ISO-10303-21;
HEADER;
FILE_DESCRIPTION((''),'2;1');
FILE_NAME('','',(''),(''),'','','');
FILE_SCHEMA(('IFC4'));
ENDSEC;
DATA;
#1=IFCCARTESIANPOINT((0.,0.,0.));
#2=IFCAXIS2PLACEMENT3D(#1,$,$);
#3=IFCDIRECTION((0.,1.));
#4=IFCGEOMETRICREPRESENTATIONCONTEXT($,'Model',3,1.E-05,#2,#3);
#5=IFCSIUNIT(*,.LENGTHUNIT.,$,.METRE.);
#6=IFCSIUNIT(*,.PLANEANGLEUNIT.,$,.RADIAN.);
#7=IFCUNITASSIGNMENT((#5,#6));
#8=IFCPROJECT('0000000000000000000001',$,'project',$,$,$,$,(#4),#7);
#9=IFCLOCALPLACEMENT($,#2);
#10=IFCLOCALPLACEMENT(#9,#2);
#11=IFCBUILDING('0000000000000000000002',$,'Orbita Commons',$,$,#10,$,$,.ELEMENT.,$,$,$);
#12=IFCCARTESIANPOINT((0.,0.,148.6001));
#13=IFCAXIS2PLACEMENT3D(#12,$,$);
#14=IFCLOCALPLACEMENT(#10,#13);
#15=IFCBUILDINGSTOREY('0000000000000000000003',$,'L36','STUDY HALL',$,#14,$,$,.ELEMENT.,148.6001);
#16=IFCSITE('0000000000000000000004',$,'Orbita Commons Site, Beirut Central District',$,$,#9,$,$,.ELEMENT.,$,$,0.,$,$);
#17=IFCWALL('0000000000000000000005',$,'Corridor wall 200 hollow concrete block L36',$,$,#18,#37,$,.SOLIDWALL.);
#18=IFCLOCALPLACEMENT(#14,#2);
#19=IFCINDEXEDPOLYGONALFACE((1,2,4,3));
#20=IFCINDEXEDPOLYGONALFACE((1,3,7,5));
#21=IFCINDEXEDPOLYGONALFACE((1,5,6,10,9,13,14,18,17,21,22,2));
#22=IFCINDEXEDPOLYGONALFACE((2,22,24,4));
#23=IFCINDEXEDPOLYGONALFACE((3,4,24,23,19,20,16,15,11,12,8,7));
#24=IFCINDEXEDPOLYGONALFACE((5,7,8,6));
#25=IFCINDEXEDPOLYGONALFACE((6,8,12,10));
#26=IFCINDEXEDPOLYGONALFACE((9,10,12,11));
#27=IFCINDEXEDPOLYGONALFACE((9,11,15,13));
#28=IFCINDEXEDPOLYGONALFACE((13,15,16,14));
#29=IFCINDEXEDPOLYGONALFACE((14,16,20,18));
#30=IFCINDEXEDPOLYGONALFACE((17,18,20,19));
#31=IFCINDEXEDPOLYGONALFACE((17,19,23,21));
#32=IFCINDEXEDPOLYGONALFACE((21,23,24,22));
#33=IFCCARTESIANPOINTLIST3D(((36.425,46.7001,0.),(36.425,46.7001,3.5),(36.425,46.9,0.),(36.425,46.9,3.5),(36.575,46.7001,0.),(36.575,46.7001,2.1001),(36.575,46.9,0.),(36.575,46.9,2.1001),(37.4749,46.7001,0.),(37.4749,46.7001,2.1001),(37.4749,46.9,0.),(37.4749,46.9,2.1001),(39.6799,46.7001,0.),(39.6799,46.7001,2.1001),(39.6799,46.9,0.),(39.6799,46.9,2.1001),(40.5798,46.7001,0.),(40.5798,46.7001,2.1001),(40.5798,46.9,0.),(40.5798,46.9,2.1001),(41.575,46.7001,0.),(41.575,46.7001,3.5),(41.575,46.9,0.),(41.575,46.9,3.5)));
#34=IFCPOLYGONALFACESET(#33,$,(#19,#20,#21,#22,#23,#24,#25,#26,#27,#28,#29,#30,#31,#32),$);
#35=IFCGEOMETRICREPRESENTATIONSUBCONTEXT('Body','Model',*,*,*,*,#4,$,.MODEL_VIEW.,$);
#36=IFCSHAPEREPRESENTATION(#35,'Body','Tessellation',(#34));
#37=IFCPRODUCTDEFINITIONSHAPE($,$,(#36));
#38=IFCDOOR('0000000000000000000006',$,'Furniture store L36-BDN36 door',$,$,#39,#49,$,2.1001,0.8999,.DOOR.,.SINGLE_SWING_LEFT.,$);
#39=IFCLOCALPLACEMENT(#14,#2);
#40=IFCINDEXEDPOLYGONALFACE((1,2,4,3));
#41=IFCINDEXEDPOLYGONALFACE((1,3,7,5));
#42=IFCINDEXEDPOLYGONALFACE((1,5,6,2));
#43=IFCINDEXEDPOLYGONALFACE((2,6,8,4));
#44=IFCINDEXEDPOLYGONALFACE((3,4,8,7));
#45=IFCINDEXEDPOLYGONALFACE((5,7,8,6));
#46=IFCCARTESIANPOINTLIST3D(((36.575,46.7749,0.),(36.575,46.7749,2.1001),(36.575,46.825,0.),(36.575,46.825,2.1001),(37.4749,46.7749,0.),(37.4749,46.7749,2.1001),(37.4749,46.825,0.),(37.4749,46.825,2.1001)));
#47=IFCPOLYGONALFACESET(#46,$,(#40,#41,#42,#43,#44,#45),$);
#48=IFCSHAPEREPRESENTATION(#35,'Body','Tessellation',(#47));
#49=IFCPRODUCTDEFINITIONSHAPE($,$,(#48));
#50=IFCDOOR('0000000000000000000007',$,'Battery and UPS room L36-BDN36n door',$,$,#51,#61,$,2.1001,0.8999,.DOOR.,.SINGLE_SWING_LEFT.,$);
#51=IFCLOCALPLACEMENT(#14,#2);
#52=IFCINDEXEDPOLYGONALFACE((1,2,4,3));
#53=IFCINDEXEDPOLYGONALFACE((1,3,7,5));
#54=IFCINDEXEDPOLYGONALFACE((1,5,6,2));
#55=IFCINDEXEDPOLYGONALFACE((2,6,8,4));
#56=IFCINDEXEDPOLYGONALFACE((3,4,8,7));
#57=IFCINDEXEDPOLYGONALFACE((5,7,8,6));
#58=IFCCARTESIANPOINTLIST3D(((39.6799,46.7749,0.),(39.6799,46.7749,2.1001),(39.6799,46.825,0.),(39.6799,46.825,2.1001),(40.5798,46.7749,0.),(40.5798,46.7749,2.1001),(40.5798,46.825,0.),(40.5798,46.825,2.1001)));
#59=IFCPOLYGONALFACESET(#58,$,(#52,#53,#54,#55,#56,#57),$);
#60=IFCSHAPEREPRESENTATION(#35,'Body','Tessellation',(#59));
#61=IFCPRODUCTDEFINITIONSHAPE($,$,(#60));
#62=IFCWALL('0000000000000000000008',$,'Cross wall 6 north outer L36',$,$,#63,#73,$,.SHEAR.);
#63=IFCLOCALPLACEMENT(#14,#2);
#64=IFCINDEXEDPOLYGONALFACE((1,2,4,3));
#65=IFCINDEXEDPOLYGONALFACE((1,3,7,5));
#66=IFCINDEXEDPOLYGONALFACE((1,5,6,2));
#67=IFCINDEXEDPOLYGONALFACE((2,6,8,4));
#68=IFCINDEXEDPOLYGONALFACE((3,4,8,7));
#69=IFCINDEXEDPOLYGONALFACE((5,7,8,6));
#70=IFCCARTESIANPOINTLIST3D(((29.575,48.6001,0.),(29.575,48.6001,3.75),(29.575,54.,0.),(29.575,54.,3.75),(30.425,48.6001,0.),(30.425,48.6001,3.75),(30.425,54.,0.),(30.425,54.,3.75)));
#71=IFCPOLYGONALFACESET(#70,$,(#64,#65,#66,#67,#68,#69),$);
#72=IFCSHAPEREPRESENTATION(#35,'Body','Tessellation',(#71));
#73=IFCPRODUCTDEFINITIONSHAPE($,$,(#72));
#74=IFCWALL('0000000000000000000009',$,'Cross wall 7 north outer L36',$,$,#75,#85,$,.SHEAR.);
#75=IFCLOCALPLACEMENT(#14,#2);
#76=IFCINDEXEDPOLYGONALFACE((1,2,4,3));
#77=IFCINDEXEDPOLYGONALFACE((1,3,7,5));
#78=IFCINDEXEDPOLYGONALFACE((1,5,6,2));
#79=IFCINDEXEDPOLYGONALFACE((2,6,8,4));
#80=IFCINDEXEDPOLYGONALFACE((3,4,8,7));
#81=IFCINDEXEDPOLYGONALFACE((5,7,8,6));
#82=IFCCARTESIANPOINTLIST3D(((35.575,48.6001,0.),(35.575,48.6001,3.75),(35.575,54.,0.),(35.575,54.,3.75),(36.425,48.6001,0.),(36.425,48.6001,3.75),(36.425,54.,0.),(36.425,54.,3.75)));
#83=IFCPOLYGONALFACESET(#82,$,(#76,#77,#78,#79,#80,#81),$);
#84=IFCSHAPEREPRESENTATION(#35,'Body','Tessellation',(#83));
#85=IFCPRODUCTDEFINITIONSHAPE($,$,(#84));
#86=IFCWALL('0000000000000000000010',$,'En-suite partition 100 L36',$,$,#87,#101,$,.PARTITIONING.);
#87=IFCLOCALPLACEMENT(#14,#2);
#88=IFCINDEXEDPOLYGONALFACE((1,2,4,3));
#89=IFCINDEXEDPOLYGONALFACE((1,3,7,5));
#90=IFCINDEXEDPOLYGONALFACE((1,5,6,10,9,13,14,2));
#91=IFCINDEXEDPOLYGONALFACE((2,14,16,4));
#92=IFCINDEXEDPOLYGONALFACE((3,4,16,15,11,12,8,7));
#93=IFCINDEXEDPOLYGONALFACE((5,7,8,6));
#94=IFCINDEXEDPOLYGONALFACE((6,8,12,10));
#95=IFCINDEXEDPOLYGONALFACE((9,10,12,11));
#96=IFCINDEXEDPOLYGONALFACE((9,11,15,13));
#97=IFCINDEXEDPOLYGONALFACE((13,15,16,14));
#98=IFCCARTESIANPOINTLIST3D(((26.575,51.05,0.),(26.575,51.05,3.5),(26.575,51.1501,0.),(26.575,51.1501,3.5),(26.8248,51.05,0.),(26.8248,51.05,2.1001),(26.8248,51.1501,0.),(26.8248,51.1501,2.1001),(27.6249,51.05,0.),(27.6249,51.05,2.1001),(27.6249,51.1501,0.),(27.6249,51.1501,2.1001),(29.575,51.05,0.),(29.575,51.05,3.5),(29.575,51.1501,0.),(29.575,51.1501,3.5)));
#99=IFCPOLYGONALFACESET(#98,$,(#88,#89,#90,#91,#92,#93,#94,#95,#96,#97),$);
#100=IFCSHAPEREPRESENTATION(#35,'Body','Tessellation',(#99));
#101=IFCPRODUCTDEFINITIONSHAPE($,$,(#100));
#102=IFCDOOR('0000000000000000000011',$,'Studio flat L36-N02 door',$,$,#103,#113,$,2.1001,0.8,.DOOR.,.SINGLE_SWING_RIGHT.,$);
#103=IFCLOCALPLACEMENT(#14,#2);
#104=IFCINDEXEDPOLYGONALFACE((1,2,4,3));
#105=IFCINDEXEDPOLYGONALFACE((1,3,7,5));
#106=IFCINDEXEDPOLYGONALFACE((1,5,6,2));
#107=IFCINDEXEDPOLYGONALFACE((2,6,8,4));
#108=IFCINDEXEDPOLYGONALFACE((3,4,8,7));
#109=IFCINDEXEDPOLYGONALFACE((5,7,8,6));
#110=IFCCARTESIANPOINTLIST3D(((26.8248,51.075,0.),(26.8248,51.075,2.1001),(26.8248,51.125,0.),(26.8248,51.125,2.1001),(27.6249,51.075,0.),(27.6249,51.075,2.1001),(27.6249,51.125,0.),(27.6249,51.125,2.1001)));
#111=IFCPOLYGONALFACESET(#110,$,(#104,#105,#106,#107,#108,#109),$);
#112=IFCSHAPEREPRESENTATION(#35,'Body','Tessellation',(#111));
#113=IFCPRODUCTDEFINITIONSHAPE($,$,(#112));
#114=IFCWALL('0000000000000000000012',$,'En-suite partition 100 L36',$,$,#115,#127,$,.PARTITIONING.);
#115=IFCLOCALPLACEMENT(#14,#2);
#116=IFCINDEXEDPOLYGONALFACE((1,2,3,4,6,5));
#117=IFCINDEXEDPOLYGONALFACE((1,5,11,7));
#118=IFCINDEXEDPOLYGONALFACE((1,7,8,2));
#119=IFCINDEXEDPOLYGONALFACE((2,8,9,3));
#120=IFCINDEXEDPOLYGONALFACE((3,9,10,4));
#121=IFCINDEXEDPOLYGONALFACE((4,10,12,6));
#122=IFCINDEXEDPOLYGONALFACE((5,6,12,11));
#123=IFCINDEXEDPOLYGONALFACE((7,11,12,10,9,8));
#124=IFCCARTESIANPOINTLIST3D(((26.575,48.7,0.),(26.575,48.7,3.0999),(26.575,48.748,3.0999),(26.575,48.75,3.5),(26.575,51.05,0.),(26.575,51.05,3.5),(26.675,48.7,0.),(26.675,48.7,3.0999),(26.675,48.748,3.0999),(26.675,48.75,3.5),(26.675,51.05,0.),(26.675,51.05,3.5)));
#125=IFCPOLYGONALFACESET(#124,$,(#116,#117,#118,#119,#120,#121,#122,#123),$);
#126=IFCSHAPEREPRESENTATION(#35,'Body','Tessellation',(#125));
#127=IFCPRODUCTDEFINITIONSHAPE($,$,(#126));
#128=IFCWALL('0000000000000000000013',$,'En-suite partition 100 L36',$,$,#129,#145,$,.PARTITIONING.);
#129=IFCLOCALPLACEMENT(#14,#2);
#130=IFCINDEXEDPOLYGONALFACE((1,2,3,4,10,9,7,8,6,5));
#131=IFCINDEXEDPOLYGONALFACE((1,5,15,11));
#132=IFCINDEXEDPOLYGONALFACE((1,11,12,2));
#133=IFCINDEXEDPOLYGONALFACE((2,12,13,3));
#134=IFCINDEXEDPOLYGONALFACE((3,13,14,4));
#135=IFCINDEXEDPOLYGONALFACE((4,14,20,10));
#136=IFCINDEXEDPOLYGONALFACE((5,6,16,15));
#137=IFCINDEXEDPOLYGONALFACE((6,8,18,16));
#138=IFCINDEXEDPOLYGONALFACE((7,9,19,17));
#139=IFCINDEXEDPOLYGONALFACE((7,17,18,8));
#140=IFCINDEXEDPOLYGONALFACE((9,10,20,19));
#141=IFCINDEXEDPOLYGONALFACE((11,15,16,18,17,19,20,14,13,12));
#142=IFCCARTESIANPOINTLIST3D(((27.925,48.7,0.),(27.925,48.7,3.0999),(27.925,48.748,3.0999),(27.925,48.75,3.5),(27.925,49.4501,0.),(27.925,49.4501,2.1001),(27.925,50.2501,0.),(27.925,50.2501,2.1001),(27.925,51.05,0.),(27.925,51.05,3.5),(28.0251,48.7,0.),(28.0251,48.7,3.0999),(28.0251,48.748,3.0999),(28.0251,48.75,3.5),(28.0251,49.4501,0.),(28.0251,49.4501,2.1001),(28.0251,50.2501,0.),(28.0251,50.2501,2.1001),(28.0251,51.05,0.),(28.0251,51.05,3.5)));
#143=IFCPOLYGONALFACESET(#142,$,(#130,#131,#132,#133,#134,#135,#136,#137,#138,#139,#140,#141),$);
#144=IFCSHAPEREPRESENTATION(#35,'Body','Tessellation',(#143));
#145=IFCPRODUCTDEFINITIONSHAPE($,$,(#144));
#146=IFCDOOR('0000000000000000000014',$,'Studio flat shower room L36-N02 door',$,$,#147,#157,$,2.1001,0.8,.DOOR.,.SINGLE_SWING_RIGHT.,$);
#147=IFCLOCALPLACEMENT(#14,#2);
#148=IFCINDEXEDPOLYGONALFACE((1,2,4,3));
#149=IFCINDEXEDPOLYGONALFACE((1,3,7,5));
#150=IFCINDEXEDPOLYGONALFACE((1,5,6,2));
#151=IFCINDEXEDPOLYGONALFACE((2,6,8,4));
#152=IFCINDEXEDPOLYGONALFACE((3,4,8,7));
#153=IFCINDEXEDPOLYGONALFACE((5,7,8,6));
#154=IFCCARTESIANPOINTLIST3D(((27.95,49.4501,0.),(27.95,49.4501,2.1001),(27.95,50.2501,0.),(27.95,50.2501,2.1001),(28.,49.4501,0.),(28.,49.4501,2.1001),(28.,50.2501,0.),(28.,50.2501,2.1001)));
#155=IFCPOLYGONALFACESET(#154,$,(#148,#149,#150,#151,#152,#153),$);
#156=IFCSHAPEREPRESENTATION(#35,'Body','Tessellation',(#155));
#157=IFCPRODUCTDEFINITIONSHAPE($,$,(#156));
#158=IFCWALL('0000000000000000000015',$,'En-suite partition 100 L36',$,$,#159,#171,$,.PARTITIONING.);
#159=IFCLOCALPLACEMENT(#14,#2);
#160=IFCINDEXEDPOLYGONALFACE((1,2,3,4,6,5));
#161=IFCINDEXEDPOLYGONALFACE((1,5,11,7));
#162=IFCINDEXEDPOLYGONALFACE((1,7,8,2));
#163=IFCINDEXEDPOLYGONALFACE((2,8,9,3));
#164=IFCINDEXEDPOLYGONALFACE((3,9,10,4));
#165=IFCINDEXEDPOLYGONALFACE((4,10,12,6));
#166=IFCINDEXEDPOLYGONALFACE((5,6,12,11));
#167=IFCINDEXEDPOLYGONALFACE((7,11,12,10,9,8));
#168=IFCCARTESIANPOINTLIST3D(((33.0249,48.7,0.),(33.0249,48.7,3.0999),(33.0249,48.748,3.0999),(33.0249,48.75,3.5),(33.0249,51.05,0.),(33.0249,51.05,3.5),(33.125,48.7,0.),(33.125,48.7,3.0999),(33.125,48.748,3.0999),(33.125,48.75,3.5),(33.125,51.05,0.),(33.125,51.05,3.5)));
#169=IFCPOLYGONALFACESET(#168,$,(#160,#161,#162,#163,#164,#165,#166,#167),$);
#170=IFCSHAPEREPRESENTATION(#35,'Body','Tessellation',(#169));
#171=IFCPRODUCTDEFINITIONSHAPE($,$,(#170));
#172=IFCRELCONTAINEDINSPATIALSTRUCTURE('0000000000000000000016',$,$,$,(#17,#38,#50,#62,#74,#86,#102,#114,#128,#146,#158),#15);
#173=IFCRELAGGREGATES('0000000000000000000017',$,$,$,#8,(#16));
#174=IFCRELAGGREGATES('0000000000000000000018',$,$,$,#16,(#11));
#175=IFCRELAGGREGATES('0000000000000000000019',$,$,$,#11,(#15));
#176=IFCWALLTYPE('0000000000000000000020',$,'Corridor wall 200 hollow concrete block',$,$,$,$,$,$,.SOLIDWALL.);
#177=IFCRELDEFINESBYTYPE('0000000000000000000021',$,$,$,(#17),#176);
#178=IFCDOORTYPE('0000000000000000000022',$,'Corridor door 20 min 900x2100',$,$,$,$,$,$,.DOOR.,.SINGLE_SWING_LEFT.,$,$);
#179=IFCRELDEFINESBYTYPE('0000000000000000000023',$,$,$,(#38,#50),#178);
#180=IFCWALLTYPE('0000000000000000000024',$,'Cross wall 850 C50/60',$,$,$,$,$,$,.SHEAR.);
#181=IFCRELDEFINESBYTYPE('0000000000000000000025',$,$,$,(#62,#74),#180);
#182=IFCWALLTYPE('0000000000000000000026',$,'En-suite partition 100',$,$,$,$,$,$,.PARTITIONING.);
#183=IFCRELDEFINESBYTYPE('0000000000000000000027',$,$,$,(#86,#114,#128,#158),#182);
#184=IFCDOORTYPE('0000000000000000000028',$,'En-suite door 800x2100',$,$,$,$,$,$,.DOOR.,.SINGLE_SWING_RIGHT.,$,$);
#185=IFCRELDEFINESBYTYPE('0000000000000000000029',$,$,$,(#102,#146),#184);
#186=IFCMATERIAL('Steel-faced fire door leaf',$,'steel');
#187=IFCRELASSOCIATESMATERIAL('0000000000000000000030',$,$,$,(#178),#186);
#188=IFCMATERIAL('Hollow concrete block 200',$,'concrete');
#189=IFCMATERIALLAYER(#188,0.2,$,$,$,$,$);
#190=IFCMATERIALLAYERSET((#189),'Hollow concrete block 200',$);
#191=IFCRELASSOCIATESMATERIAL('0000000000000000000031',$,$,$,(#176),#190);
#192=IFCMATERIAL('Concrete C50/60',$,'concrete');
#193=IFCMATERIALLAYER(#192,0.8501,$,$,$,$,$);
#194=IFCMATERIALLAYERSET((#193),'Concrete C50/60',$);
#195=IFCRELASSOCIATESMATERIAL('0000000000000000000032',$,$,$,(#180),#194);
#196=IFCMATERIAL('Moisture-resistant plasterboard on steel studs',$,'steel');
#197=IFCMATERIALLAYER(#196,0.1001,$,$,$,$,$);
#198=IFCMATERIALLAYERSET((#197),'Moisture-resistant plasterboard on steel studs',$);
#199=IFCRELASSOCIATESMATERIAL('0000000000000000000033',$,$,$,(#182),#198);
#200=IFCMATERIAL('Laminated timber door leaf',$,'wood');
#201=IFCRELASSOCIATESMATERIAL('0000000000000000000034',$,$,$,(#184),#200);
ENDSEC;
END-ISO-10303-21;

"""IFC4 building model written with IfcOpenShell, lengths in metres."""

from ifc_helpers import new_model, si_unit, direction, frame, frame_2d, origin, place, context, subcontext, project, spatial, polyline, rectangle, outline, extrude, material, layer, layer_set, type_object, element, fill, save


model = new_model("IFC4")

# Units and contexts
model_context = context("Model", 3, precision=1e-05, world=origin(), true_north=direction((0.0, 1.0)))
body_context = subcontext(model_context, "Body", "Model", "MODEL_VIEW")
ifc_project = project(units=[si_unit("LENGTHUNIT", "METRE"), si_unit("PLANEANGLEUNIT", "RADIAN")], contexts=[model_context])

# Site, building, storey
site_placement = place(None, origin())
site = spatial("IfcSite", under=ifc_project, at=site_placement, Name="Orbita Commons Site, Beirut Central District", CompositionType="ELEMENT", RefElevation=0.0)
building_placement = place(site_placement, origin())
building = spatial("IfcBuilding", under=site, at=building_placement, Name="Orbita Commons", CompositionType="ELEMENT")
storey_placement = place(building_placement, frame((0.0, 0.0, 148.6001)))
storey = spatial("IfcBuildingStorey", under=building, at=storey_placement, Name="L36", Description="STUDY HALL", CompositionType="ELEMENT", Elevation=148.6001)

# Shared definitions
ifc_material_1 = material(Name="Steel-faced fire door leaf", Category="steel")
door_type_1 = type_object("IfcDoorType", Name="Corridor door 20 min 900x2100", OperationType="SINGLE_SWING_LEFT", PredefinedType="DOOR", material=ifc_material_1)

# Wall, openings, doors
ifc_material_2 = material(Name="Hollow concrete block 200", Category="concrete")
ifc_layer_1 = layer(ifc_material_2, 0.2)
ifc_layer_set_1 = layer_set([ifc_layer_1], Name="Hollow concrete block 200")
wall_type_1 = type_object("IfcWallType", Name="Corridor wall 200 hollow concrete block", PredefinedType="SOLIDWALL", material=ifc_layer_set_1)
wall_1_placement = place(storey_placement, frame((36.425, 46.8, 0.0), z_axis=(0.0, 0.0, 1.0), x_axis=(1.0, 0.0, 0.0)))
wall_1 = element("IfcWall", 1, at=wall_1_placement, inside=storey, type_object=wall_type_1, Name="Corridor wall 200 hollow concrete block L36", PredefinedType="SOLIDWALL", context=body_context, shape_type="SweptSolid", body=[
    extrude(rectangle(XDim=5.1499, YDim=0.2, at=frame_2d((2.575, 0.0))), origin(), (0.0, 0.0, 1.0), 3.5),
])
opening_1_placement = place(wall_1_placement, frame((0.1499, 0.0, 0.0)))
opening_1 = element("IfcOpeningElement", 2, at=opening_1_placement, cuts=wall_1, PredefinedType="OPENING", context=body_context, shape_type="SweptSolid", body=[
    extrude(rectangle(XDim=0.8999, YDim=2.1001, at=frame_2d((0.45, 1.05))), frame((0.0, 0.1099, 0.0), z_axis=(0.0, -1.0, 0.0), x_axis=(1.0, 0.0, 0.0)), (0.0, 0.0, 1.0), 0.22),
])
opening_2_placement = place(wall_1_placement, frame((3.2549, 0.0, 0.0)))
opening_2 = element("IfcOpeningElement", 3, at=opening_2_placement, cuts=wall_1, PredefinedType="OPENING", context=body_context, shape_type="SweptSolid", body=[
    extrude(rectangle(XDim=0.8999, YDim=2.1001, at=frame_2d((0.45, 1.05))), frame((0.0, 0.1099, 0.0), z_axis=(0.0, -1.0, 0.0), x_axis=(1.0, 0.0, 0.0)), (0.0, 0.0, 1.0), 0.22),
])
door_1_placement = place(opening_1_placement, origin())
door_1 = element("IfcDoor", 4, at=door_1_placement, inside=storey, type_object=door_type_1, Name="Furniture store L36-BDN36 door", OperationType="SINGLE_SWING_LEFT", OverallHeight=2.1001, OverallWidth=0.8999, PredefinedType="DOOR", context=body_context, shape_type="SweptSolid", body=[
    extrude(rectangle(XDim=0.8999, YDim=2.1001, at=frame_2d((0.45, 1.05))), frame((0.0, 0.0249, 0.0), z_axis=(0.0, -1.0, 0.0), x_axis=(1.0, 0.0, 0.0)), (0.0, 0.0, 1.0), 0.05),
])
fill(opening_1, door_1)
door_2_placement = place(opening_2_placement, origin())
door_2 = element("IfcDoor", 5, at=door_2_placement, inside=storey, type_object=door_type_1, Name="Battery and UPS room L36-BDN36n door", OperationType="SINGLE_SWING_LEFT", OverallHeight=2.1001, OverallWidth=0.8999, PredefinedType="DOOR", context=body_context, shape_type="SweptSolid", body=[
    extrude(rectangle(XDim=0.8999, YDim=2.1001, at=frame_2d((0.45, 1.05))), frame((0.0, 0.0249, 0.0), z_axis=(0.0, -1.0, 0.0), x_axis=(1.0, 0.0, 0.0)), (0.0, 0.0, 1.0), 0.05),
])
fill(opening_2, door_2)

# Walls
ifc_material_3 = material(Name="Concrete C50/60", Category="concrete")
ifc_layer_2 = layer(ifc_material_3, 0.8501)
ifc_layer_set_2 = layer_set([ifc_layer_2], Name="Concrete C50/60")
wall_type_2 = type_object("IfcWallType", Name="Cross wall 850 C50/60", PredefinedType="SHEAR", material=ifc_layer_set_2)
for number, where, z_axis, x_axis, name in (
    (6, (30.0, 48.6001, 0.0), (0.0, 0.0, 1.0), (0.0, 1.0, 0.0), "Cross wall 6 north outer L36"),
    (7, (36.0, 48.6001, 0.0), (0.0, 0.0, 1.0), (0.0, 1.0, 0.0), "Cross wall 7 north outer L36"),
):
    element("IfcWall", number, at=place(storey_placement, frame(where, z_axis=z_axis, x_axis=x_axis)), inside=storey, type_object=wall_type_2, Name=name, PredefinedType="SHEAR", context=body_context, shape_type="SweptSolid", body=[
        extrude(rectangle(XDim=5.3999, YDim=0.8501, at=frame_2d((2.7, 0.0))), origin(), (0.0, 0.0, 1.0), 3.75),
    ])

# Wall, opening, door
ifc_material_4 = material(Name="Moisture-resistant plasterboard on steel studs", Category="steel")
ifc_layer_3 = layer(ifc_material_4, 0.1001)
ifc_layer_set_3 = layer_set([ifc_layer_3], Name="Moisture-resistant plasterboard on steel studs")
wall_type_3 = type_object("IfcWallType", Name="En-suite partition 100", PredefinedType="PARTITIONING", material=ifc_layer_set_3)
wall_2_placement = place(storey_placement, frame((26.575, 51.1001, 0.0), z_axis=(0.0, 0.0, 1.0), x_axis=(1.0, 0.0, 0.0)))
wall_2 = element("IfcWall", 8, at=wall_2_placement, inside=storey, type_object=wall_type_3, Name="En-suite partition 100 L36", PredefinedType="PARTITIONING", context=body_context, shape_type="SweptSolid", body=[
    extrude(rectangle(XDim=3.0, YDim=0.1001, at=frame_2d((1.5, 0.0))), origin(), (0.0, 0.0, 1.0), 3.5),
])
opening_3_placement = place(wall_2_placement, frame((0.25, 0.0, 0.0)))
opening_3 = element("IfcOpeningElement", 9, at=opening_3_placement, cuts=wall_2, PredefinedType="OPENING", context=body_context, shape_type="SweptSolid", body=[
    extrude(rectangle(XDim=0.8, YDim=2.1001, at=frame_2d((0.3999, 1.05))), frame((0.0, 0.0601, 0.0), z_axis=(0.0, -1.0, 0.0), x_axis=(1.0, 0.0, 0.0)), (0.0, 0.0, 1.0), 0.1201),
])
ifc_material_5 = material(Name="Laminated timber door leaf", Category="wood")
door_type_2 = type_object("IfcDoorType", Name="En-suite door 800x2100", OperationType="SINGLE_SWING_RIGHT", PredefinedType="DOOR", material=ifc_material_5)
door_3_placement = place(opening_3_placement, origin())
door_3 = element("IfcDoor", 10, at=door_3_placement, inside=storey, type_object=door_type_2, Name="Studio flat L36-N02 door", OperationType="SINGLE_SWING_RIGHT", OverallHeight=2.1001, OverallWidth=0.8, PredefinedType="DOOR", context=body_context, shape_type="SweptSolid", body=[
    extrude(rectangle(XDim=0.8, YDim=2.1001, at=frame_2d((0.3999, 1.05))), frame((0.0, 0.0249, 0.0), z_axis=(0.0, -1.0, 0.0), x_axis=(1.0, 0.0, 0.0)), (0.0, 0.0, 1.0), 0.05),
])
fill(opening_3, door_3)

# Wall
wall_3_placement = place(storey_placement, frame((26.625, 51.05, 0.0), z_axis=(0.0, 0.0, 1.0), x_axis=(0.0, -1.0, 0.0)))
element("IfcWall", 11, at=wall_3_placement, inside=storey, type_object=wall_type_3, Name="En-suite partition 100 L36", PredefinedType="PARTITIONING", context=body_context, shape_type="SweptSolid", body=[
    extrude(outline(polyline([(0.0, 0.0), (2.3501, 0.0), (2.3501, 3.0999), (2.302, 3.0999), (2.3, 3.5), (0.0, 3.5), (0.0, 0.0)])), frame((0.0, 0.05, 0.0), z_axis=(0.0, -1.0, 0.0), x_axis=(1.0, 0.0, 0.0)), (0.0, 0.0, 1.0), 0.1001),
])

# Wall, opening, door
wall_4_placement = place(storey_placement, frame((27.9751, 51.05, 0.0), z_axis=(0.0, 0.0, 1.0), x_axis=(0.0, -1.0, 0.0)))
wall_4 = element("IfcWall", 12, at=wall_4_placement, inside=storey, type_object=wall_type_3, Name="En-suite partition 100 L36", PredefinedType="PARTITIONING", context=body_context, shape_type="SweptSolid", body=[
    extrude(outline(polyline([(0.0, 0.0), (2.3501, 0.0), (2.3501, 3.0999), (2.302, 3.0999), (2.3, 3.5), (0.0, 3.5), (0.0, 0.0)])), frame((0.0, 0.05, 0.0), z_axis=(0.0, -1.0, 0.0), x_axis=(1.0, 0.0, 0.0)), (0.0, 0.0, 1.0), 0.1001),
])
opening_4_placement = place(wall_4_placement, frame((0.8, 0.0, 0.0)))
opening_4 = element("IfcOpeningElement", 13, at=opening_4_placement, cuts=wall_4, PredefinedType="OPENING", context=body_context, shape_type="SweptSolid", body=[
    extrude(rectangle(XDim=0.8, YDim=2.1001, at=frame_2d((0.3999, 1.05))), frame((0.0, 0.0601, 0.0), z_axis=(0.0, -1.0, 0.0), x_axis=(1.0, 0.0, 0.0)), (0.0, 0.0, 1.0), 0.1201),
])
door_4_placement = place(opening_4_placement, origin())
door_4 = element("IfcDoor", 14, at=door_4_placement, inside=storey, type_object=door_type_2, Name="Studio flat shower room L36-N02 door", OperationType="SINGLE_SWING_RIGHT", OverallHeight=2.1001, OverallWidth=0.8, PredefinedType="DOOR", context=body_context, shape_type="SweptSolid", body=[
    extrude(rectangle(XDim=0.8, YDim=2.1001, at=frame_2d((0.3999, 1.05))), frame((0.0, 0.0249, 0.0), z_axis=(0.0, -1.0, 0.0), x_axis=(1.0, 0.0, 0.0)), (0.0, 0.0, 1.0), 0.05),
])
fill(opening_4, door_4)

# Wall
wall_5_placement = place(storey_placement, frame((33.075, 51.05, 0.0), z_axis=(0.0, 0.0, 1.0), x_axis=(0.0, -1.0, 0.0)))
element("IfcWall", 15, at=wall_5_placement, inside=storey, type_object=wall_type_3, Name="En-suite partition 100 L36", PredefinedType="PARTITIONING", context=body_context, shape_type="SweptSolid", body=[
    extrude(outline(polyline([(0.0, 0.0), (2.3501, 0.0), (2.3501, 3.0999), (2.302, 3.0999), (2.3, 3.5), (0.0, 3.5), (0.0, 0.0)])), frame((0.0, 0.05, 0.0), z_axis=(0.0, -1.0, 0.0), x_axis=(1.0, 0.0, 0.0)), (0.0, 0.0, 1.0), 0.1001),
])

save(model, "model.ifc")
